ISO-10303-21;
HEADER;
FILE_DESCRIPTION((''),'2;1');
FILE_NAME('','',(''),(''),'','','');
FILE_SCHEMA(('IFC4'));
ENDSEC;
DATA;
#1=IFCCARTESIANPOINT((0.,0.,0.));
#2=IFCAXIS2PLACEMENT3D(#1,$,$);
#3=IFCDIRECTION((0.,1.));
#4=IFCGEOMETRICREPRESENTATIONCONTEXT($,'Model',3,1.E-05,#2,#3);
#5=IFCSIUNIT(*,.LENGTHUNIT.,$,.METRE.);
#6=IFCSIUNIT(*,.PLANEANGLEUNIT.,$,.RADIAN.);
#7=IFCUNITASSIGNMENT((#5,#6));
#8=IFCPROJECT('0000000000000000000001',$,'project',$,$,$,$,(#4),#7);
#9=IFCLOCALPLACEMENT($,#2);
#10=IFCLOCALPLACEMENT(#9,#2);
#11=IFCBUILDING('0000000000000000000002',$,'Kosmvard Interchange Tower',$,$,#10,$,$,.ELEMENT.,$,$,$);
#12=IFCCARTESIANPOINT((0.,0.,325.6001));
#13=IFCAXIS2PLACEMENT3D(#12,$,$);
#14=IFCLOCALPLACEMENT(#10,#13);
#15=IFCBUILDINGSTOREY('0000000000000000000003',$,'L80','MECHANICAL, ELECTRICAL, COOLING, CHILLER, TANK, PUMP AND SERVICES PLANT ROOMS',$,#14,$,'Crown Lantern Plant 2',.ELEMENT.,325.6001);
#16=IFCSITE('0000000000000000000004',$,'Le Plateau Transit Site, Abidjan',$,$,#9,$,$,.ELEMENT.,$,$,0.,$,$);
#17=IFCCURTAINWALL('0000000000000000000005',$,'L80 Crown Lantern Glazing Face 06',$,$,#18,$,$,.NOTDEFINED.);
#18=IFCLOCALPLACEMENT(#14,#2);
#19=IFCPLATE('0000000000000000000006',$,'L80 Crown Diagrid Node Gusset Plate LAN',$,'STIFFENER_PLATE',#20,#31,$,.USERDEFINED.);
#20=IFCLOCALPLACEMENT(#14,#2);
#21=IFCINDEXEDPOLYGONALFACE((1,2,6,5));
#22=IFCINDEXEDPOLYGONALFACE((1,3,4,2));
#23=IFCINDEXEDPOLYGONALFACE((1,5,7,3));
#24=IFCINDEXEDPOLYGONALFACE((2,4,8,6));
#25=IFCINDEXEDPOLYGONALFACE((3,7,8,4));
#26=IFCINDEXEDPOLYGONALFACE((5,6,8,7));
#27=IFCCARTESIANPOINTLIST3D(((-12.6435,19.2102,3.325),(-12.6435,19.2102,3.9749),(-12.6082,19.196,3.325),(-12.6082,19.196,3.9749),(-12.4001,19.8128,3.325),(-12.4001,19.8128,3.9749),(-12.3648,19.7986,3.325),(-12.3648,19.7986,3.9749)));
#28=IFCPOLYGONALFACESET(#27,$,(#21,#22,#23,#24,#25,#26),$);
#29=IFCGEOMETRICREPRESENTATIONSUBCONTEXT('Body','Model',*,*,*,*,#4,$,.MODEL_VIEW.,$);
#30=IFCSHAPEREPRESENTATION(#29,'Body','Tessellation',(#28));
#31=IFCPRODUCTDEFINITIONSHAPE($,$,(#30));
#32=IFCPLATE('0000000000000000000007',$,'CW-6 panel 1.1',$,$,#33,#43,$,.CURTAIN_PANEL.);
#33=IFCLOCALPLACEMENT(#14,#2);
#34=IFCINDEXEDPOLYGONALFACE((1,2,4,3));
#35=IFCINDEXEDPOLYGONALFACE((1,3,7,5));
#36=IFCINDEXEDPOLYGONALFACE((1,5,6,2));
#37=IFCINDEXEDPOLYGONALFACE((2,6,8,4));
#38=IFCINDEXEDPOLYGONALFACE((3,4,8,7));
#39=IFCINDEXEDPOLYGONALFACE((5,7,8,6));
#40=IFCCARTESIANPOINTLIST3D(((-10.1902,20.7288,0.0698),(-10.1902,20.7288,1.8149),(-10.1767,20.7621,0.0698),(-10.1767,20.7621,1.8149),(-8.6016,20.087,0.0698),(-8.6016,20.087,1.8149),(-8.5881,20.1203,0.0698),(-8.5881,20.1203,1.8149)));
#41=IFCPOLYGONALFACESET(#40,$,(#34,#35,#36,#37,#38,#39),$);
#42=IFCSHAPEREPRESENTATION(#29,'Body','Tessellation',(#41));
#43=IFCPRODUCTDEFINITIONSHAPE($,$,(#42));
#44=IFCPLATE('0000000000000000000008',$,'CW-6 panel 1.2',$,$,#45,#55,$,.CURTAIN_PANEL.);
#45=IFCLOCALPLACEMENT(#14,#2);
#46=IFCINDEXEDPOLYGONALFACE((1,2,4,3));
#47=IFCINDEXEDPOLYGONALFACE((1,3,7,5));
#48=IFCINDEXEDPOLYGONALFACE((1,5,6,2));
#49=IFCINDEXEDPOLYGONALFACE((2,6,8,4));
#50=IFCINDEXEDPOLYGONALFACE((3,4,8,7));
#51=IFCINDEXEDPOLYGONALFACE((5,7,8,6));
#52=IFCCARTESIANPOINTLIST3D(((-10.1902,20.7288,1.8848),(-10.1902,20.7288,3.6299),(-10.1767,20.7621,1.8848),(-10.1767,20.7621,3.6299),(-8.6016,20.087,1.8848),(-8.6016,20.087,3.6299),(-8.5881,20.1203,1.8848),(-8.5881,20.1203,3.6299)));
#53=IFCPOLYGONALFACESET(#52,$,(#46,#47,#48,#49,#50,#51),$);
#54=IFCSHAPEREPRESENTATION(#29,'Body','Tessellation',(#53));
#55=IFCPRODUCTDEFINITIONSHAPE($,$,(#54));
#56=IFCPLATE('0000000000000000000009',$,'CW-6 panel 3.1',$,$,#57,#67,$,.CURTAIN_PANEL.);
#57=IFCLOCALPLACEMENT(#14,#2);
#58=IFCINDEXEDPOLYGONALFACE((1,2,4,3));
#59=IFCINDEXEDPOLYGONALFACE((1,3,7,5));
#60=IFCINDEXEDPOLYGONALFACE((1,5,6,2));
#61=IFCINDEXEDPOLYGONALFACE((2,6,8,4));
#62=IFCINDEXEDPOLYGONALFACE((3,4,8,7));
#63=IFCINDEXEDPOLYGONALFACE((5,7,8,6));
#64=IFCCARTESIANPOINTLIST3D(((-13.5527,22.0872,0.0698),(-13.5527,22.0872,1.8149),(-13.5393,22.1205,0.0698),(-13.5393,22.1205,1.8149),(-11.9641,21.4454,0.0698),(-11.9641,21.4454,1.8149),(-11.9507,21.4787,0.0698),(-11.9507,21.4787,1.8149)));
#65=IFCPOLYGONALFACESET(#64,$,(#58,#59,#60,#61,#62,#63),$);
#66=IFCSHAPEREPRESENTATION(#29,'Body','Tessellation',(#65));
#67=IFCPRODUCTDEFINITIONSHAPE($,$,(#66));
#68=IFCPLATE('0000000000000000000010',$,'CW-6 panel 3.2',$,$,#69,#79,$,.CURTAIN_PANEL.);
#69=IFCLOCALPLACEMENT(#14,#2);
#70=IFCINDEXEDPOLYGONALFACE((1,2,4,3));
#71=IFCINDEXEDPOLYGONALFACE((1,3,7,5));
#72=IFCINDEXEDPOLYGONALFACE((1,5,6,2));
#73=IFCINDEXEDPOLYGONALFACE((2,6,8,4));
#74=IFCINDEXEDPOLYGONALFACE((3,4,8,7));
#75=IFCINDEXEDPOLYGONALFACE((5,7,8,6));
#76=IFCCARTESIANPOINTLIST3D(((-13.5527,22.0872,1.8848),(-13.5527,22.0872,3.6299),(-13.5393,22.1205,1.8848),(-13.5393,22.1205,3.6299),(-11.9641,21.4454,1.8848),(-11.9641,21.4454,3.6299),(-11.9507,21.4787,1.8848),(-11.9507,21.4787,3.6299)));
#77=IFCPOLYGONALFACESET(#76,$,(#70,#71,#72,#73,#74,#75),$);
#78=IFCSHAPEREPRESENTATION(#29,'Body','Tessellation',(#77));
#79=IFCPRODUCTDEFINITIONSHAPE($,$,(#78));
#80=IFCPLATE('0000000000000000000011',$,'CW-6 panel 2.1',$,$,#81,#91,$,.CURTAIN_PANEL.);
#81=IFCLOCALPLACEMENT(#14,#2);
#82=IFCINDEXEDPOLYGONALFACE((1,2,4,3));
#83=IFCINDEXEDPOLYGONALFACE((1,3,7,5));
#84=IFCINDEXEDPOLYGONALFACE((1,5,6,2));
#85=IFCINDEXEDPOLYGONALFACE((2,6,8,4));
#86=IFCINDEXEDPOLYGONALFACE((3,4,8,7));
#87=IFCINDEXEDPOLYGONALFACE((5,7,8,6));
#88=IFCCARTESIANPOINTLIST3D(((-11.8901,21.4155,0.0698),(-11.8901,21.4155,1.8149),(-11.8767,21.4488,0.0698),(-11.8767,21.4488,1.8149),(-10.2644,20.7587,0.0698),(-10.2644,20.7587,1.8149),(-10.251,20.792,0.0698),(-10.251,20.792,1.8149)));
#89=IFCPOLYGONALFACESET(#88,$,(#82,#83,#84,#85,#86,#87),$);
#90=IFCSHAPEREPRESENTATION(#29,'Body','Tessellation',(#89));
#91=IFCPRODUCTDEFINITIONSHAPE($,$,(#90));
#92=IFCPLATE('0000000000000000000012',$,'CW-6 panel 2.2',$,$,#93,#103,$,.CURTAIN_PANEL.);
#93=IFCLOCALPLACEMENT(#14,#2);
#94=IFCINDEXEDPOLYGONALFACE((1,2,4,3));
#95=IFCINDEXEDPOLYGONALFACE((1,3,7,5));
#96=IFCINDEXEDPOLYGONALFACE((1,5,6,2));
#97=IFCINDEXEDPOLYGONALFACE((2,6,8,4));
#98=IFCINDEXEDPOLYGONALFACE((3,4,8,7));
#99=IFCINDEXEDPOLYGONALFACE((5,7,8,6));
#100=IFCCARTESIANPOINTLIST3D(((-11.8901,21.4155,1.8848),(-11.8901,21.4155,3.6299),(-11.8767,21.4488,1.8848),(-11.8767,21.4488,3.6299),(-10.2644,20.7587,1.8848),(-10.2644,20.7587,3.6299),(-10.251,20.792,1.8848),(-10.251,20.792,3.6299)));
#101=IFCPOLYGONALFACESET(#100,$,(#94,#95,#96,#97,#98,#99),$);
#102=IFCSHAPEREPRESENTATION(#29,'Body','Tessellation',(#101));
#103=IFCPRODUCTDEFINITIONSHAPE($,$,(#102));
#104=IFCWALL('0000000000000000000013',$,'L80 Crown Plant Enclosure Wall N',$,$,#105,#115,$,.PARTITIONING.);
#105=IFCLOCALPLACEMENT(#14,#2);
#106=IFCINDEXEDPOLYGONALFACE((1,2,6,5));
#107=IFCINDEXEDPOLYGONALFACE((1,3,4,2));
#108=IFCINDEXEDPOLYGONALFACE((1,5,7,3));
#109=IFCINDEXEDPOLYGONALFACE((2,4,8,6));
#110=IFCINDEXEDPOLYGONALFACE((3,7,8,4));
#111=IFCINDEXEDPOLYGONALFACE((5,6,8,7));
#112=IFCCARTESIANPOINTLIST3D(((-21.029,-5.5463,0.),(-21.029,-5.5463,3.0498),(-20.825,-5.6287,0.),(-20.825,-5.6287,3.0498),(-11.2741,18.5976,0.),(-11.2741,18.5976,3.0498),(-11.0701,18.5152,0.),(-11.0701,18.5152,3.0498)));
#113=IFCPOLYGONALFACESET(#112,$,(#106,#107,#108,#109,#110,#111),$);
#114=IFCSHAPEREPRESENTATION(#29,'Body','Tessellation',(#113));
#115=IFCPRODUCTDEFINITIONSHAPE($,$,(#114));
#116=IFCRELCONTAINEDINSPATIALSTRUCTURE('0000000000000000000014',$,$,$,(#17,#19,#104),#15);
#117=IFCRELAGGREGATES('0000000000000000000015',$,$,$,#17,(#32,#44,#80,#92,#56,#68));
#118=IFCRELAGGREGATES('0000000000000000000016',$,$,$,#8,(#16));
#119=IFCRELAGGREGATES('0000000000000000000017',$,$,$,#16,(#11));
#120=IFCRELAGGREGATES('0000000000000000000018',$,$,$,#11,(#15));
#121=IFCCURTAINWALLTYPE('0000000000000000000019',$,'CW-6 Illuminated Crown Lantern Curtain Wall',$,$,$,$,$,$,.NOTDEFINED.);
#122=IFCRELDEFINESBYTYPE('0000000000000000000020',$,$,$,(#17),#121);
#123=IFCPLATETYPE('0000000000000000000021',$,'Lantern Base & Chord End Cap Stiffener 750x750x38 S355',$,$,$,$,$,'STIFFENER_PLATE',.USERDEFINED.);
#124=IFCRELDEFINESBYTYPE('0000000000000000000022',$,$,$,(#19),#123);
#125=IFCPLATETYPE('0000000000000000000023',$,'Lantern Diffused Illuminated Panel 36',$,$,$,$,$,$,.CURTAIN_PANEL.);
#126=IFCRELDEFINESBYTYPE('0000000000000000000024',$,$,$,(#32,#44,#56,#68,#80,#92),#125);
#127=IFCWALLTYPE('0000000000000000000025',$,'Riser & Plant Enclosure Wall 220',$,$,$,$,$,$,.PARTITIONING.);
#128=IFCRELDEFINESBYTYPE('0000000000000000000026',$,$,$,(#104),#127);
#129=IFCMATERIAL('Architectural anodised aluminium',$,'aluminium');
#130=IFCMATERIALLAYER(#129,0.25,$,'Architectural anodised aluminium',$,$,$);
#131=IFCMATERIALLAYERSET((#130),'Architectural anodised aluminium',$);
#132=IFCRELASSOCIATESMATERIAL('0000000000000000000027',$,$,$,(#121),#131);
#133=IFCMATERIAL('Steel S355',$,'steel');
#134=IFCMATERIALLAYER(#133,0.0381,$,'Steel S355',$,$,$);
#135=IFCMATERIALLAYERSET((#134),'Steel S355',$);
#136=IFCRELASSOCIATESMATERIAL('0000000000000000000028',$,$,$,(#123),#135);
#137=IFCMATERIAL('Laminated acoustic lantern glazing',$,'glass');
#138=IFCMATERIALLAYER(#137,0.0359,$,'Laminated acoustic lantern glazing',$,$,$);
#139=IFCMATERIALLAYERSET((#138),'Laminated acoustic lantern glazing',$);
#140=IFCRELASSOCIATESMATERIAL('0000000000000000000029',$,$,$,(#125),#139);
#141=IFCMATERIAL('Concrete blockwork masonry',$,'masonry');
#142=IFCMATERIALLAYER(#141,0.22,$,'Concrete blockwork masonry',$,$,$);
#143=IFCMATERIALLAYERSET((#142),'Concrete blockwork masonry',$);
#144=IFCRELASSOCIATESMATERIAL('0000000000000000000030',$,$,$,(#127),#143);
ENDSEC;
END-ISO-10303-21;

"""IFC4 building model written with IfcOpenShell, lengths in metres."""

from ifc_helpers import new_model, si_unit, direction, frame, frame_2d, origin, origin_2d, place, context, subcontext, project, spatial, rectangle, extrude, source, transform, mapped, material, layer, layer_set, type_object, element, aggregate, save


model = new_model("IFC4")

# Units and contexts
model_context = context("Model", 3, precision=1e-05, world=origin(), true_north=direction((0.0, 1.0)))
body_context = subcontext(model_context, "Body", "Model", "MODEL_VIEW")
ifc_project = project(units=[si_unit("LENGTHUNIT", "METRE"), si_unit("PLANEANGLEUNIT", "RADIAN")], contexts=[model_context])

# Site, building, storey
site_placement = place(None, origin())
site = spatial("IfcSite", under=ifc_project, at=site_placement, Name="Le Plateau Transit Site, Abidjan", CompositionType="ELEMENT", RefElevation=0.0)
building_placement = place(site_placement, origin())
building = spatial("IfcBuilding", under=site, at=building_placement, Name="Kosmvard Interchange Tower", CompositionType="ELEMENT")
storey_placement = place(building_placement, frame((0.0, 0.0, 325.6001)))
storey = spatial("IfcBuildingStorey", under=building, at=storey_placement, Name="L80", Description="MECHANICAL, ELECTRICAL, COOLING, CHILLER, TANK, PUMP AND SERVICES PLANT ROOMS", LongName="Crown Lantern Plant 2", CompositionType="ELEMENT", Elevation=325.6001)

# Shared definitions
ifc_material_1 = material(Name="Steel S355", Category="steel")

# Curtain wall
ifc_material_2 = material(Name="Architectural anodised aluminium", Category="aluminium")
ifc_layer_1 = layer(ifc_material_2, 0.25, Name="Architectural anodised aluminium")
ifc_layer_set_1 = layer_set([ifc_layer_1], Name="Architectural anodised aluminium")
curtain_wall_type = type_object("IfcCurtainWallType", Name="CW-6 Illuminated Crown Lantern Curtain Wall", PredefinedType="NOTDEFINED", material=ifc_layer_set_1)
curtain_wall_placement = place(storey_placement, origin())
curtain_wall = element("IfcCurtainWall", 1, at=curtain_wall_placement, inside=storey, type_object=curtain_wall_type, Name="L80 Crown Lantern Glazing Face 06", PredefinedType="NOTDEFINED")

# Plates
ifc_layer_2 = layer(ifc_material_1, 0.0381, Name="Steel S355")
ifc_layer_set_2 = layer_set([ifc_layer_2], Name="Steel S355")
plate_type_1 = type_object("IfcPlateType", Name="Lantern Base & Chord End Cap Stiffener 750x750x38 S355", ElementType="STIFFENER_PLATE", PredefinedType="USERDEFINED", material=ifc_layer_set_2)
shared_shape_1 = source(origin(), body_context, "Body", "SweptSolid", [
    extrude(rectangle(XDim=0.6499, YDim=0.0381, at=origin_2d()), origin(), (0.0, 0.0, 1.0), 0.6499),
])
plate_1_placement = place(storey_placement, frame((-12.5042, 19.5044, 3.325), z_axis=(0.0, 0.0, 1.0), x_axis=(0.374607, 0.927184, 0.0)))
element("IfcPlate", 2, at=plate_1_placement, inside=storey, type_object=plate_type_1, Name="L80 Crown Diagrid Node Gusset Plate LAN", ObjectType="STIFFENER_PLATE", PredefinedType="USERDEFINED", context=body_context, shape_type="MappedRepresentation", body=[
    mapped(shared_shape_1, transform((0.0, 0.0, 0.0), scale=1.0)),
])
ifc_material_3 = material(Name="Laminated acoustic lantern glazing", Category="glass")
ifc_layer_3 = layer(ifc_material_3, 0.0359, Name="Laminated acoustic lantern glazing")
ifc_layer_set_3 = layer_set([ifc_layer_3], Name="Laminated acoustic lantern glazing")
plate_type_2 = type_object("IfcPlateType", Name="Lantern Diffused Illuminated Panel 36", PredefinedType="CURTAIN_PANEL", material=ifc_layer_set_3)
shared_shape_2 = source(origin(), body_context, "Body", "SweptSolid", [
    extrude(rectangle(XDim=1.7134, YDim=0.0359, at=origin_2d()), origin(), (0.0, 0.0, 1.0), 1.7451),
])
plate_2_placement = place(storey_placement, frame((-9.3892, 20.4246, 0.0698), z_axis=(0.0, 0.0, 1.0), x_axis=(-0.927184, 0.374607, 0.0)))
plate_2 = element("IfcPlate", 3, at=plate_2_placement, type_object=plate_type_2, Name="CW-6 panel 1.1", PredefinedType="CURTAIN_PANEL", context=body_context, shape_type="MappedRepresentation", body=[
    mapped(shared_shape_2, transform((0.0, 0.0, 0.0), scale=1.0)),
])
plate_3_placement = place(storey_placement, frame((-9.3892, 20.4246, 1.8848), z_axis=(0.0, 0.0, 1.0), x_axis=(-0.927184, 0.374607, 0.0)))
plate_3 = element("IfcPlate", 4, at=plate_3_placement, type_object=plate_type_2, Name="CW-6 panel 1.2", PredefinedType="CURTAIN_PANEL", context=body_context, shape_type="MappedRepresentation", body=[
    mapped(shared_shape_2, transform((0.0, 0.0, 0.0), scale=1.0)),
])
plate_4_placement = place(storey_placement, frame((-12.7517, 21.783, 0.0698), z_axis=(0.0, 0.0, 1.0), x_axis=(-0.927184, 0.374607, 0.0)))
plate_4 = element("IfcPlate", 5, at=plate_4_placement, type_object=plate_type_2, Name="CW-6 panel 3.1", PredefinedType="CURTAIN_PANEL", context=body_context, shape_type="MappedRepresentation", body=[
    mapped(shared_shape_2, transform((0.0, 0.0, 0.0), scale=1.0)),
])
plate_5_placement = place(storey_placement, frame((-12.7517, 21.783, 1.8848), z_axis=(0.0, 0.0, 1.0), x_axis=(-0.927184, 0.374607, 0.0)))
plate_5 = element("IfcPlate", 6, at=plate_5_placement, type_object=plate_type_2, Name="CW-6 panel 3.2", PredefinedType="CURTAIN_PANEL", context=body_context, shape_type="MappedRepresentation", body=[
    mapped(shared_shape_2, transform((0.0, 0.0, 0.0), scale=1.0)),
])
shared_shape_3 = source(origin(), body_context, "Body", "SweptSolid", [
    extrude(rectangle(XDim=1.7534, YDim=0.0359, at=origin_2d()), origin(), (0.0, 0.0, 1.0), 1.7451),
])
plate_6_placement = place(storey_placement, frame((-11.0706, 21.1038, 0.0698), z_axis=(0.0, 0.0, 1.0), x_axis=(-0.927184, 0.374607, 0.0)))
plate_6 = element("IfcPlate", 7, at=plate_6_placement, type_object=plate_type_2, Name="CW-6 panel 2.1", PredefinedType="CURTAIN_PANEL", context=body_context, shape_type="MappedRepresentation", body=[
    mapped(shared_shape_3, transform((0.0, 0.0, 0.0), scale=1.0)),
])
plate_7_placement = place(storey_placement, frame((-11.0706, 21.1038, 1.8848), z_axis=(0.0, 0.0, 1.0), x_axis=(-0.927184, 0.374607, 0.0)))
plate_7 = element("IfcPlate", 8, at=plate_7_placement, type_object=plate_type_2, Name="CW-6 panel 2.2", PredefinedType="CURTAIN_PANEL", context=body_context, shape_type="MappedRepresentation", body=[
    mapped(shared_shape_3, transform((0.0, 0.0, 0.0), scale=1.0)),
])
aggregate(curtain_wall, [plate_2, plate_3, plate_6, plate_7, plate_4, plate_5])

# Wall
ifc_material_4 = material(Name="Concrete blockwork masonry", Category="masonry")
ifc_layer_4 = layer(ifc_material_4, 0.22, Name="Concrete blockwork masonry")
ifc_layer_set_4 = layer_set([ifc_layer_4], Name="Concrete blockwork masonry")
wall_type = type_object("IfcWallType", Name="Riser & Plant Enclosure Wall 220", PredefinedType="PARTITIONING", material=ifc_layer_set_4)
wall_placement = place(storey_placement, frame((-11.1721, 18.5564, 0.0), z_axis=(0.0, 0.0, 1.0), x_axis=(-0.374612, -0.927182, 0.0)))
element("IfcWall", 9, at=wall_placement, inside=storey, type_object=wall_type, Name="L80 Crown Plant Enclosure Wall N", PredefinedType="PARTITIONING", context=body_context, shape_type="SweptSolid", body=[
    extrude(rectangle(XDim=26.04, YDim=0.22, at=frame_2d((13.02, 0.0))), origin(), (0.0, 0.0, 1.0), 3.0498),
])

save(model, "model.ifc")
